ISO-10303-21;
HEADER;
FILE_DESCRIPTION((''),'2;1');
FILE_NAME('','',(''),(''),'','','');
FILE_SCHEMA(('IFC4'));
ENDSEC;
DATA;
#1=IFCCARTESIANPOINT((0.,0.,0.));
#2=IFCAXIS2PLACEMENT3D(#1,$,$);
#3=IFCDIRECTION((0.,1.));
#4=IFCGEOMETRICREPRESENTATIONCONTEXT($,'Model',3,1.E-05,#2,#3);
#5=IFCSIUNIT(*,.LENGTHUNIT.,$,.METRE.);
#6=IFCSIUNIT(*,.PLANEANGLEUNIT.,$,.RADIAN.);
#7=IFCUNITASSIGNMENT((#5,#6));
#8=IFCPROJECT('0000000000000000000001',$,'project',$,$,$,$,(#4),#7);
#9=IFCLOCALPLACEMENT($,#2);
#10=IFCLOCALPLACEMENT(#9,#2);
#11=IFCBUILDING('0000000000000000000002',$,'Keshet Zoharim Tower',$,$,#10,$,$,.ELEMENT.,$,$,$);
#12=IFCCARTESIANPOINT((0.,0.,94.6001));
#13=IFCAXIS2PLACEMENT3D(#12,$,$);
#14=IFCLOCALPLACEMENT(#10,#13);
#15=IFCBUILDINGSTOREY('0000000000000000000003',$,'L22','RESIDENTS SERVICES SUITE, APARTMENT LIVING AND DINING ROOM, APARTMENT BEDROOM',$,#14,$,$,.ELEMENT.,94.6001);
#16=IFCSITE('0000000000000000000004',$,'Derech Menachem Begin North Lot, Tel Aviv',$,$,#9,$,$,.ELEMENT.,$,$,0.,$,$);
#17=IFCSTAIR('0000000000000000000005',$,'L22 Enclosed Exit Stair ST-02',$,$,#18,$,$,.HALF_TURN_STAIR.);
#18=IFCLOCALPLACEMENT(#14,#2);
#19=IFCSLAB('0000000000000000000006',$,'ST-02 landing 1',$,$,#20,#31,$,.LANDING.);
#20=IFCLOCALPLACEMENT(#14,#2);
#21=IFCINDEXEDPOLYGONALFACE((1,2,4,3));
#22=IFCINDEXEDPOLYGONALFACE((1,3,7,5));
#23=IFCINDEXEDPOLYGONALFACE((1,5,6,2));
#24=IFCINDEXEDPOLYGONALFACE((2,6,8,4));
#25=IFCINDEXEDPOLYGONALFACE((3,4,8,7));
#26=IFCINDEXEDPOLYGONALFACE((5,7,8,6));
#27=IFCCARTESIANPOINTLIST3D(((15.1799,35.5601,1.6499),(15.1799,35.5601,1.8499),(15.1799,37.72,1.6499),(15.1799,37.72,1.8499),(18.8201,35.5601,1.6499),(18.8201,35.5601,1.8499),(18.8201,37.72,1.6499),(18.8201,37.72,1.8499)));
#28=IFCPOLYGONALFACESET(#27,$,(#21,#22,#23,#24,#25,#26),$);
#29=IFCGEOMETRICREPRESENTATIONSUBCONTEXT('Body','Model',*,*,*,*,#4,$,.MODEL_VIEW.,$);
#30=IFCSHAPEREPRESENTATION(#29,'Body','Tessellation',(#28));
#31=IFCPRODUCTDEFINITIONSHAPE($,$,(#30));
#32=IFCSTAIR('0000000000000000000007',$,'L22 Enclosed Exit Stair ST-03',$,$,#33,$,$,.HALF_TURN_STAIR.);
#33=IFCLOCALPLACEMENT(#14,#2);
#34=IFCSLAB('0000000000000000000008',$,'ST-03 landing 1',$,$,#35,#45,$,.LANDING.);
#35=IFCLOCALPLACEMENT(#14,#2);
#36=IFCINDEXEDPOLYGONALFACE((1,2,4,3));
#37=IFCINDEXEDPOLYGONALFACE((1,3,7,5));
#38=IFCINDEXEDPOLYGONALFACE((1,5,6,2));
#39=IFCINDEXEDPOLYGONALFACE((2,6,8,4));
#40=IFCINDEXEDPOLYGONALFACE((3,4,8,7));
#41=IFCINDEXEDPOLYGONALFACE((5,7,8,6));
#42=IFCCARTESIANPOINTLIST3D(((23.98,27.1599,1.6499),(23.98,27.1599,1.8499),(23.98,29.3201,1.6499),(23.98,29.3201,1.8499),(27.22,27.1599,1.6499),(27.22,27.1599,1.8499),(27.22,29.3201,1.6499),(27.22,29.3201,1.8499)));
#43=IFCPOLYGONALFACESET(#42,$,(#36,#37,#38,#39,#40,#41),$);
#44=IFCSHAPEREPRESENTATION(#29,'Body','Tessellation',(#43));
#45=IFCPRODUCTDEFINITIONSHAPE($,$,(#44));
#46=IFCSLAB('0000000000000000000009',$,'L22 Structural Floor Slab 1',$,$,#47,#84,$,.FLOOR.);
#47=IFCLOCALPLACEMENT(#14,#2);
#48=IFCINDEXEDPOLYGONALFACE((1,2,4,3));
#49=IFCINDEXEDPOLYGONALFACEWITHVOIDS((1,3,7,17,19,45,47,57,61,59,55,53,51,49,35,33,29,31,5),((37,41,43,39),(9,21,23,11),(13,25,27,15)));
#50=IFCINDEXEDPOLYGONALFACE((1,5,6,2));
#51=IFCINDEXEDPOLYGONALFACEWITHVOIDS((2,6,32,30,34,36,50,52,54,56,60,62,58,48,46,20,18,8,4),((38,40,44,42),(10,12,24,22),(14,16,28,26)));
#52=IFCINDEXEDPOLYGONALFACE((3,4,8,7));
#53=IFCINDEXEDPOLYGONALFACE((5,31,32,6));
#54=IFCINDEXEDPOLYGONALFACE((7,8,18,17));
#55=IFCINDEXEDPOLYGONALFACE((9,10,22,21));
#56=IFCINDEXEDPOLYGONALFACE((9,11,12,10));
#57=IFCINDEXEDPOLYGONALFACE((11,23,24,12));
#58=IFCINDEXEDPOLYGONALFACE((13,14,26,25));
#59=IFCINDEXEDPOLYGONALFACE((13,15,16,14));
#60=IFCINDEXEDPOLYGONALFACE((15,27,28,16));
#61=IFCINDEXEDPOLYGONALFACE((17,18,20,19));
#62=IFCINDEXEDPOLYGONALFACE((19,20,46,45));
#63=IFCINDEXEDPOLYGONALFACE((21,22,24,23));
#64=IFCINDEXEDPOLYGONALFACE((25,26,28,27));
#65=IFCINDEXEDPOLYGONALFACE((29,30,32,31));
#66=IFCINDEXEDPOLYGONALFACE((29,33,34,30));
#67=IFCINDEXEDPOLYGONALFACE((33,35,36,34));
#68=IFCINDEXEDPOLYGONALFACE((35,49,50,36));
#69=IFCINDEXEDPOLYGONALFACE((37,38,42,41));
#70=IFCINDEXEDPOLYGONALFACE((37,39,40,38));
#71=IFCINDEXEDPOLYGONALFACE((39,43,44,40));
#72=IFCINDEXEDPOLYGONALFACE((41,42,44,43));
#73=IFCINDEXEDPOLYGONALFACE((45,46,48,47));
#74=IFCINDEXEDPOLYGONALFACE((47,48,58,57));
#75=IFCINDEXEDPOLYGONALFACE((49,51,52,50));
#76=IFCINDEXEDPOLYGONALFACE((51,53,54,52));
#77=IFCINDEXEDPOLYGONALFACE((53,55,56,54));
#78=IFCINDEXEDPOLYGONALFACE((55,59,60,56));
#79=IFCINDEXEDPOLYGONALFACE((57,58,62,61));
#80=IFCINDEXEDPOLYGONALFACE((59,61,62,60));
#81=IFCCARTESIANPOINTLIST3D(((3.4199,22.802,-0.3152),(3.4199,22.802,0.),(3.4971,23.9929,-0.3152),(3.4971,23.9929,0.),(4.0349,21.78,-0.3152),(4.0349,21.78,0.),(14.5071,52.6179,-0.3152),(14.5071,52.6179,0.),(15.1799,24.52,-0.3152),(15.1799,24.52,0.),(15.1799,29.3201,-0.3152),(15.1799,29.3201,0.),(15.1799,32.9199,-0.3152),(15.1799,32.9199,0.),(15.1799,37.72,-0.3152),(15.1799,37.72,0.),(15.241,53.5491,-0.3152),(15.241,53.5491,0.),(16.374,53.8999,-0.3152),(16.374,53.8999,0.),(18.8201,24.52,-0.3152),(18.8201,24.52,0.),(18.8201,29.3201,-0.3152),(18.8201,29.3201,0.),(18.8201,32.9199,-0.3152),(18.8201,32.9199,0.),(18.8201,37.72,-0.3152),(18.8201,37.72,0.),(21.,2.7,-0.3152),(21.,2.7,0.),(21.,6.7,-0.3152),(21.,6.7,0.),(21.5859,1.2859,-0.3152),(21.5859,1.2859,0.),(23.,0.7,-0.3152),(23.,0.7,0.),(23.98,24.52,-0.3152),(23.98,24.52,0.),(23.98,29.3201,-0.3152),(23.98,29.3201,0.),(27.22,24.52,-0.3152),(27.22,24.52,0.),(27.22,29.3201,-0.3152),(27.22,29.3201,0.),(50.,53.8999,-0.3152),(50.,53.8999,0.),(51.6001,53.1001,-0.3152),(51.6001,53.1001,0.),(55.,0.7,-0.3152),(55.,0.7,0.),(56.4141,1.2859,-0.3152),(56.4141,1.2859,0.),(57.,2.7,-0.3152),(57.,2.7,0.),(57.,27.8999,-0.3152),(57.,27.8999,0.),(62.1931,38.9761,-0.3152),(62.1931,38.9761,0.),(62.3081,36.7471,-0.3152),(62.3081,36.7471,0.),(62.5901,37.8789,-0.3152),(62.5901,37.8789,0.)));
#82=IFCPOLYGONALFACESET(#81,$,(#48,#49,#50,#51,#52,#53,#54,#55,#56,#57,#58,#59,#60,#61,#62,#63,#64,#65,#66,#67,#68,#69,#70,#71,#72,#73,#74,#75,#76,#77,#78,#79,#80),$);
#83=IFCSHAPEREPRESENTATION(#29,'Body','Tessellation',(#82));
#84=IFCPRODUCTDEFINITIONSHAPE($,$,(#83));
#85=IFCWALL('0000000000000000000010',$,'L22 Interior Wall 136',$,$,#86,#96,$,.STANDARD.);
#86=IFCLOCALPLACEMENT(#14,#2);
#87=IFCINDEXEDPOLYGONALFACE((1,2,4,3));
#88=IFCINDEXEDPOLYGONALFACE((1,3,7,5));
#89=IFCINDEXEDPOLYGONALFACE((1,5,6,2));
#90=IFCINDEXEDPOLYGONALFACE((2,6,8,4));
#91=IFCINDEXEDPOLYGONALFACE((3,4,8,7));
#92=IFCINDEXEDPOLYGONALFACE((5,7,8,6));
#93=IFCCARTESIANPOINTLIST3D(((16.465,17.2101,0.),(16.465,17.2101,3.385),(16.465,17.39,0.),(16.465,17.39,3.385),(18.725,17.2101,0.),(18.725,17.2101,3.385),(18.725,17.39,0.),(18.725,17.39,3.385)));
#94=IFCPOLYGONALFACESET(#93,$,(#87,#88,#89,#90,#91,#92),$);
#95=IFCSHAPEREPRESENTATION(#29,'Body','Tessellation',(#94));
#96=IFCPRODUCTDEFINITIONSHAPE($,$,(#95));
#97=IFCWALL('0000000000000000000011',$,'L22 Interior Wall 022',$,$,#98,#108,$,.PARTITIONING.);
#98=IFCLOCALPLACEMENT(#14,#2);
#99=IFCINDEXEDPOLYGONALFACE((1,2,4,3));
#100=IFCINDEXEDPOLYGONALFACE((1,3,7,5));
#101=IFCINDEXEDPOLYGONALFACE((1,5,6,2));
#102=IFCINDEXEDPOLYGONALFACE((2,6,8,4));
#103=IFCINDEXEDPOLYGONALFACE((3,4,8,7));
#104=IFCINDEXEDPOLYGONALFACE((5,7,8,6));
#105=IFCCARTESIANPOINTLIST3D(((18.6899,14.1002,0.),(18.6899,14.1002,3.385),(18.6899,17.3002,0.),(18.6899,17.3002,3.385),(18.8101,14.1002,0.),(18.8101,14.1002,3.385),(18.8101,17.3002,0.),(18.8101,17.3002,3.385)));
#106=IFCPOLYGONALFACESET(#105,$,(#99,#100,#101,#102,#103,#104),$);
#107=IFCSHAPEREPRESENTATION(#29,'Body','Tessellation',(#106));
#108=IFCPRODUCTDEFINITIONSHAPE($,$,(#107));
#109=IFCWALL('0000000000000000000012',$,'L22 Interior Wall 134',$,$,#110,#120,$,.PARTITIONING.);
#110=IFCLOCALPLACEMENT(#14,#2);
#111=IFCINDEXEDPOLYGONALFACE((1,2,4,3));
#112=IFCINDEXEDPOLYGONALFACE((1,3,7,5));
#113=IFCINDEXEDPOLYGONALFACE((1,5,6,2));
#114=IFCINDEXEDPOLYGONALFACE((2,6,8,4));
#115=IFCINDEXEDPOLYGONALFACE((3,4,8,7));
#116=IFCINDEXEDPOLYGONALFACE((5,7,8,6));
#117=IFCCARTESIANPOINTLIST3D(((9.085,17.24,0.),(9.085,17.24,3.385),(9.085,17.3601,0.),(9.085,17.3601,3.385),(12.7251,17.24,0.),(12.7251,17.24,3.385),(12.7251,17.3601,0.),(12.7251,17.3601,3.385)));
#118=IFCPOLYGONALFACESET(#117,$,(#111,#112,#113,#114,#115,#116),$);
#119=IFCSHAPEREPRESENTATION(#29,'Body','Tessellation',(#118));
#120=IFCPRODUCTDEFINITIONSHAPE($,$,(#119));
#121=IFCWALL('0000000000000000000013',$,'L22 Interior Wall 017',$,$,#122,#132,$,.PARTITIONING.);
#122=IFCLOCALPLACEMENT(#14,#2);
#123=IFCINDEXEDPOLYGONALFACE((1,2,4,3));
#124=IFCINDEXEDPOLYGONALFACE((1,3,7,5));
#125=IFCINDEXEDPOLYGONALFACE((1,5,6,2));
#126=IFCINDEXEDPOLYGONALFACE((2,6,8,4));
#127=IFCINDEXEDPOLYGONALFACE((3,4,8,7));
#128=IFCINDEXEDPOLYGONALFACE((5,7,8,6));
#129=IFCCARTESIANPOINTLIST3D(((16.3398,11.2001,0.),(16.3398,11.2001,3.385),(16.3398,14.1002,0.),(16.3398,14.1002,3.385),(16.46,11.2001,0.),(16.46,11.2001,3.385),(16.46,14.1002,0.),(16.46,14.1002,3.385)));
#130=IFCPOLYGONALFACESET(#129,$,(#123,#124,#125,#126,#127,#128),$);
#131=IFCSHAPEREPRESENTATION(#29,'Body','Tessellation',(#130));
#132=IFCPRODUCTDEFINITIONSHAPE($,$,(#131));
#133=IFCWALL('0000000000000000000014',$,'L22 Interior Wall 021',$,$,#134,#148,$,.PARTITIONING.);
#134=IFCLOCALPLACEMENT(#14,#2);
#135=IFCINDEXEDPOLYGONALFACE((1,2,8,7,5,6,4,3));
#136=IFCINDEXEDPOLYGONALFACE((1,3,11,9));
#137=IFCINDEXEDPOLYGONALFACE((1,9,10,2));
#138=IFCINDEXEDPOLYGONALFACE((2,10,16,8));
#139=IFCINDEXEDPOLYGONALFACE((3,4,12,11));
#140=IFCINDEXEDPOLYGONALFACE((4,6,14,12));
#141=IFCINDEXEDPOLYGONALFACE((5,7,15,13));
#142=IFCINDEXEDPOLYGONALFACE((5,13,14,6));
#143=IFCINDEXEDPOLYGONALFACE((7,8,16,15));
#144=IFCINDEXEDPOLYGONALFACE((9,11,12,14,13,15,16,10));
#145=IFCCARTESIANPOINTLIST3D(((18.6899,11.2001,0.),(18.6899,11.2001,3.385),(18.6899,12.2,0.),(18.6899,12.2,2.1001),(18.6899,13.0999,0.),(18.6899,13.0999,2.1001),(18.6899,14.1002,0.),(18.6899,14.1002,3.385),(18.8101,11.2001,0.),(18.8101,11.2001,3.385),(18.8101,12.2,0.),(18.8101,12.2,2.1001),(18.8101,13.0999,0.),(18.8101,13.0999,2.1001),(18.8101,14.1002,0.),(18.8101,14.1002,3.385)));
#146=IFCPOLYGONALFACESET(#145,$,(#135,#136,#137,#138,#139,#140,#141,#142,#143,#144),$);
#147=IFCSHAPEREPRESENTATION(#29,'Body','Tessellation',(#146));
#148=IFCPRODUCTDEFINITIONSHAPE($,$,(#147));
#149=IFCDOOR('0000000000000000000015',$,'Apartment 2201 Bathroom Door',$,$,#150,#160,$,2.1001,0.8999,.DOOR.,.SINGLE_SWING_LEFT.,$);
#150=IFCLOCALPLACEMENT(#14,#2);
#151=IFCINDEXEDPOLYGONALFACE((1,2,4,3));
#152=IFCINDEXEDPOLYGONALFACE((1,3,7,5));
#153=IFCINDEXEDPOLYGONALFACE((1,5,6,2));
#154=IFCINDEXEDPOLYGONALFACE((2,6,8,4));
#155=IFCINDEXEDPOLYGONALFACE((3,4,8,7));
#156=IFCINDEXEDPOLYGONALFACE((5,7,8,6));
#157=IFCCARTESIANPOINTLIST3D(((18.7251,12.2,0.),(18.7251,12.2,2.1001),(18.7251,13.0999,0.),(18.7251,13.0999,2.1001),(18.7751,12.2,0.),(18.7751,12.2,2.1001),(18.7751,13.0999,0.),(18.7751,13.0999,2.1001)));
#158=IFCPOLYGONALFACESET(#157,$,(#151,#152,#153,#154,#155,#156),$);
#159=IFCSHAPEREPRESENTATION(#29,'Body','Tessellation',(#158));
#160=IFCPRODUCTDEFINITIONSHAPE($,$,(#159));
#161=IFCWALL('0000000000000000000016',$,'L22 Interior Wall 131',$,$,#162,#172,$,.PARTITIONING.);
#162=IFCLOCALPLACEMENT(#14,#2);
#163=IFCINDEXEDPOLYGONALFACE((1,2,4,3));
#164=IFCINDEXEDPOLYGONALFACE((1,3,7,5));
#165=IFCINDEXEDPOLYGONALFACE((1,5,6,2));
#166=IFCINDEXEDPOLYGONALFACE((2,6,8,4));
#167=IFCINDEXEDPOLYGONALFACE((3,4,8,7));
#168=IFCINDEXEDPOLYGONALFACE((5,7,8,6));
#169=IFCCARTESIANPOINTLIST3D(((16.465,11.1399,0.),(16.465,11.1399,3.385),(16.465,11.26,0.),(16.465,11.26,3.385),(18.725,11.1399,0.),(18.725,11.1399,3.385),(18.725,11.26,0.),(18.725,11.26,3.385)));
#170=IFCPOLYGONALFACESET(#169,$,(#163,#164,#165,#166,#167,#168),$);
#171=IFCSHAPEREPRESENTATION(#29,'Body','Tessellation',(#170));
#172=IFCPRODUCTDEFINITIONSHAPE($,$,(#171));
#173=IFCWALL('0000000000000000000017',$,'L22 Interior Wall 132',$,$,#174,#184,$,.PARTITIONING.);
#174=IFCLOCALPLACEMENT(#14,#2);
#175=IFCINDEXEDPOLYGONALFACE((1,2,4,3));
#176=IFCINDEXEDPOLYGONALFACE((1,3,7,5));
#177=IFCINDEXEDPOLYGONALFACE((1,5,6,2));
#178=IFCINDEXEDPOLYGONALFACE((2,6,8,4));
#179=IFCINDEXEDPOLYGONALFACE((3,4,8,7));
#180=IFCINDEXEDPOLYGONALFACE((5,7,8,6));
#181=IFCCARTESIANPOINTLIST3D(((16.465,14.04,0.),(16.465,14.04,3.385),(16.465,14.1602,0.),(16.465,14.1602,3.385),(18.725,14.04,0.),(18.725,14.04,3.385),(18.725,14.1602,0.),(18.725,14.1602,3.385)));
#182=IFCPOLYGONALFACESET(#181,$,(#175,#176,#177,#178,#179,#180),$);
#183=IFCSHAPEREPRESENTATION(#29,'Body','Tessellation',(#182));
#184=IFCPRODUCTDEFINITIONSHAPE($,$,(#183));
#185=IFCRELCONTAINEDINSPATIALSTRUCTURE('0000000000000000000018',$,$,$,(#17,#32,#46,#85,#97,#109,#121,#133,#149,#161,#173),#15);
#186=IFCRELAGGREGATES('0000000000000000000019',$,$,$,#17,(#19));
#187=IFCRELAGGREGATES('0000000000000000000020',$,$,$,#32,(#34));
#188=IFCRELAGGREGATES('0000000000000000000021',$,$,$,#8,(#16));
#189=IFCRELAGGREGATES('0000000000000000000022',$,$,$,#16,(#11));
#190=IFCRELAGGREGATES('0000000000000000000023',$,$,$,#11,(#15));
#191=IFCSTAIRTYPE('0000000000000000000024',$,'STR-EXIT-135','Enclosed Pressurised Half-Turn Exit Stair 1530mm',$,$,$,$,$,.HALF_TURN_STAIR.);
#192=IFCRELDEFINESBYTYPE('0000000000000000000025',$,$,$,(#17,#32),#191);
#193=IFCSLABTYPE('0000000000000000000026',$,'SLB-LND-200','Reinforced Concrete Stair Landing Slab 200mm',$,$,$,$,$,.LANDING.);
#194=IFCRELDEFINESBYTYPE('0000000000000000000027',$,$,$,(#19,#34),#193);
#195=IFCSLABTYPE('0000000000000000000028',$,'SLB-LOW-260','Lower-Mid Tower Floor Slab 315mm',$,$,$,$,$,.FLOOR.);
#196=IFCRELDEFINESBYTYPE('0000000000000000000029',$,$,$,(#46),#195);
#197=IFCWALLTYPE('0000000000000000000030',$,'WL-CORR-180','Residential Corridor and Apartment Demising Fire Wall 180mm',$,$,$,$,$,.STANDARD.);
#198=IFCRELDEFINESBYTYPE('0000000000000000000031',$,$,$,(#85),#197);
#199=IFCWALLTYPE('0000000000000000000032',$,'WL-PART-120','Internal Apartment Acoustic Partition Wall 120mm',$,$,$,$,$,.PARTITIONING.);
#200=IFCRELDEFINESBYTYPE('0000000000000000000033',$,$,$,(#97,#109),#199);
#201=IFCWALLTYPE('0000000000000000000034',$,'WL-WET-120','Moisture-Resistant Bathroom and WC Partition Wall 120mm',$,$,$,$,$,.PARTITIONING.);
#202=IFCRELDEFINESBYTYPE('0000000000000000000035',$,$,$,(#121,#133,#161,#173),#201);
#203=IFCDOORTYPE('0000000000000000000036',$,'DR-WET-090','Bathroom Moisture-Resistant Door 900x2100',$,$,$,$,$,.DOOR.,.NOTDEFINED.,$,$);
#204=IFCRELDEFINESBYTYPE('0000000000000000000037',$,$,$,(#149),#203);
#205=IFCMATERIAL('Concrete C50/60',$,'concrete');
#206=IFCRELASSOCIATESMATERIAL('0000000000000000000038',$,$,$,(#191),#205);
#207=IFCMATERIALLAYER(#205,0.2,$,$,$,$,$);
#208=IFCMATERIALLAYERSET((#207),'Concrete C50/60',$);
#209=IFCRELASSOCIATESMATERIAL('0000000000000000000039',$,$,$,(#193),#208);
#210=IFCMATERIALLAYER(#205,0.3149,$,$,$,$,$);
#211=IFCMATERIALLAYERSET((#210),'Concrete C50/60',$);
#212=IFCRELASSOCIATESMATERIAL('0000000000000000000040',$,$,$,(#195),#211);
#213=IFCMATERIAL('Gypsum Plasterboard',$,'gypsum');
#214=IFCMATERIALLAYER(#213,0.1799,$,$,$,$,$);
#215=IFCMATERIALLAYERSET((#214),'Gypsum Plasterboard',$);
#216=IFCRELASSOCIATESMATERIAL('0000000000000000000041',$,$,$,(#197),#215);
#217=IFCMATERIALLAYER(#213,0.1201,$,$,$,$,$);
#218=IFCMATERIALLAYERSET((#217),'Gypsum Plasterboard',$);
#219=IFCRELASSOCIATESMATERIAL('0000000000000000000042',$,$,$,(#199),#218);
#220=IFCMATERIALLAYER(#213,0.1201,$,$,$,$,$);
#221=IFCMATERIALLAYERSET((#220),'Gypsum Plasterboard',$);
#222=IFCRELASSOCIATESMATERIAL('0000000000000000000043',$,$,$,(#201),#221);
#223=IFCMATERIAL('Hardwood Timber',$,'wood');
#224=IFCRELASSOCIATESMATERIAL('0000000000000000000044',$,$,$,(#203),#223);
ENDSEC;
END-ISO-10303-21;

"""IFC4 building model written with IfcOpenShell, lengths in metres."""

from ifc_helpers import new_model, si_unit, direction, frame, frame_2d, origin, place, context, subcontext, project, spatial, polyline, rectangle, outline, extrude, material, layer, layer_set, type_object, element, fill, aggregate, save


model = new_model("IFC4")

# Units and contexts
model_context = context("Model", 3, precision=1e-05, world=origin(), true_north=direction((0.0, 1.0)))
body_context = subcontext(model_context, "Body", "Model", "MODEL_VIEW")
ifc_project = project(units=[si_unit("LENGTHUNIT", "METRE"), si_unit("PLANEANGLEUNIT", "RADIAN")], contexts=[model_context])

# Site, building, storey
site_placement = place(None, origin())
site = spatial("IfcSite", under=ifc_project, at=site_placement, Name="Derech Menachem Begin North Lot, Tel Aviv", CompositionType="ELEMENT", RefElevation=0.0)
building_placement = place(site_placement, origin())
building = spatial("IfcBuilding", under=site, at=building_placement, Name="Keshet Zoharim Tower", CompositionType="ELEMENT")
storey_placement = place(building_placement, frame((0.0, 0.0, 94.6001)))
storey = spatial("IfcBuildingStorey", under=building, at=storey_placement, Name="L22", Description="RESIDENTS SERVICES SUITE, APARTMENT LIVING AND DINING ROOM, APARTMENT BEDROOM", CompositionType="ELEMENT", Elevation=94.6001)

# Stairs, slabs
ifc_material_1 = material(Name="Concrete C50/60", Category="concrete")
stair_type = type_object("IfcStairType", Name="STR-EXIT-135", Description="Enclosed Pressurised Half-Turn Exit Stair 1530mm", PredefinedType="HALF_TURN_STAIR", material=ifc_material_1)
ifc_layer_1 = layer(ifc_material_1, 0.2)
ifc_layer_set_1 = layer_set([ifc_layer_1], Name="Concrete C50/60")
slab_type_1 = type_object("IfcSlabType", Name="SLB-LND-200", Description="Reinforced Concrete Stair Landing Slab 200mm", PredefinedType="LANDING", material=ifc_layer_set_1)
stair_1_placement = place(storey_placement, origin())
stair_1 = element("IfcStair", 1, at=stair_1_placement, inside=storey, type_object=stair_type, Name="L22 Enclosed Exit Stair ST-02", PredefinedType="HALF_TURN_STAIR")
slab_1_placement = place(storey_placement, frame((0.0, 0.0, 1.6499)))
slab_1 = element("IfcSlab", 2, at=slab_1_placement, type_object=slab_type_1, Name="ST-02 landing 1", PredefinedType="LANDING", context=body_context, shape_type="SweptSolid", body=[
    extrude(outline(polyline([(15.1799, 35.5601), (18.8201, 35.5601), (18.8201, 37.72), (15.1799, 37.72), (15.1799, 35.5601)])), origin(), (0.0, 0.0, 1.0), 0.2),
])
aggregate(stair_1, [slab_1])
stair_2_placement = place(storey_placement, origin())
stair_2 = element("IfcStair", 3, at=stair_2_placement, inside=storey, type_object=stair_type, Name="L22 Enclosed Exit Stair ST-03", PredefinedType="HALF_TURN_STAIR")
slab_2_placement = place(storey_placement, frame((0.0, 0.0, 1.6499)))
slab_2 = element("IfcSlab", 4, at=slab_2_placement, type_object=slab_type_1, Name="ST-03 landing 1", PredefinedType="LANDING", context=body_context, shape_type="SweptSolid", body=[
    extrude(outline(polyline([(23.98, 27.1599), (27.22, 27.1599), (27.22, 29.3201), (23.98, 29.3201), (23.98, 27.1599)])), origin(), (0.0, 0.0, 1.0), 0.2),
])
aggregate(stair_2, [slab_2])

# Slab
ifc_layer_2 = layer(ifc_material_1, 0.3149)
ifc_layer_set_2 = layer_set([ifc_layer_2], Name="Concrete C50/60")
slab_type_2 = type_object("IfcSlabType", Name="SLB-LOW-260", Description="Lower-Mid Tower Floor Slab 315mm", PredefinedType="FLOOR", material=ifc_layer_set_2)
slab_3_placement = place(storey_placement, frame((0.0, 0.0, -0.3152)))
element("IfcSlab", 5, at=slab_3_placement, inside=storey, type_object=slab_type_2, Name="L22 Structural Floor Slab 1", PredefinedType="FLOOR", context=body_context, shape_type="SweptSolid", body=[
    extrude(outline(polyline([(57.0, 2.7), (56.4141, 1.2859), (55.0, 0.7), (23.0, 0.7), (21.5859, 1.2859), (21.0, 2.7), (21.0, 6.7), (4.0349, 21.78), (3.4199, 22.802), (3.4971, 23.9929), (14.5071, 52.6179), (15.241, 53.5491), (16.374, 53.8999), (50.0, 53.8999), (51.6001, 53.1001), (62.1931, 38.9761), (62.5901, 37.8789), (62.3081, 36.7471), (57.0, 27.8999), (57.0, 2.7)]), holes=[polyline([(15.1799, 24.52), (18.8201, 24.52), (18.8201, 29.3201), (15.1799, 29.3201), (15.1799, 24.52)]), polyline([(15.1799, 32.9199), (18.8201, 32.9199), (18.8201, 37.72), (15.1799, 37.72), (15.1799, 32.9199)]), polyline([(23.98, 24.52), (27.22, 24.52), (27.22, 29.3201), (23.98, 29.3201), (23.98, 24.52)])]), origin(), (0.0, 0.0, 1.0), 0.3152),
])

# Shared definitions
ifc_material_2 = material(Name="Gypsum Plasterboard", Category="gypsum")
ifc_layer_3 = layer(ifc_material_2, 0.1799)
ifc_layer_set_3 = layer_set([ifc_layer_3], Name="Gypsum Plasterboard")
wall_type_1 = type_object("IfcWallType", Name="WL-CORR-180", Description="Residential Corridor and Apartment Demising Fire Wall 180mm", PredefinedType="STANDARD", material=ifc_layer_set_3)
ifc_material_3 = material(Name="Hardwood Timber", Category="wood")

# Wall
wall_1_placement = place(storey_placement, frame((16.4651, 17.3, 0.0), z_axis=(0.0, 0.0, 1.0), x_axis=(1.0, 0.0, 0.0)))
element("IfcWall", 6, at=wall_1_placement, inside=storey, type_object=wall_type_1, Name="L22 Interior Wall 136", PredefinedType="STANDARD", context=body_context, shape_type="SweptSolid", body=[
    extrude(rectangle(XDim=2.26, YDim=0.1799, at=frame_2d((1.1299, 0.0))), origin(), (0.0, 0.0, 1.0), 3.385),
])

# Shared definitions
ifc_layer_4 = layer(ifc_material_2, 0.1201)
ifc_layer_set_4 = layer_set([ifc_layer_4], Name="Gypsum Plasterboard")
wall_type_2 = type_object("IfcWallType", Name="WL-PART-120", Description="Internal Apartment Acoustic Partition Wall 120mm", PredefinedType="PARTITIONING", material=ifc_layer_set_4)

# Walls
wall_2_placement = place(storey_placement, frame((18.75, 14.1001, 0.0), z_axis=(0.0, 0.0, 1.0), x_axis=(0.0, 1.0, 0.0)))
element("IfcWall", 7, at=wall_2_placement, inside=storey, type_object=wall_type_2, Name="L22 Interior Wall 022", PredefinedType="PARTITIONING", context=body_context, shape_type="SweptSolid", body=[
    extrude(rectangle(XDim=3.2, YDim=0.1201, at=frame_2d((1.6001, 0.0))), origin(), (0.0, 0.0, 1.0), 3.385),
])
wall_3_placement = place(storey_placement, frame((9.085, 17.3, 0.0), z_axis=(0.0, 0.0, 1.0), x_axis=(1.0, 0.0, 0.0)))
element("IfcWall", 8, at=wall_3_placement, inside=storey, type_object=wall_type_2, Name="L22 Interior Wall 134", PredefinedType="PARTITIONING", context=body_context, shape_type="SweptSolid", body=[
    extrude(rectangle(XDim=3.6401, YDim=0.1201, at=frame_2d((1.8201, 0.0))), origin(), (0.0, 0.0, 1.0), 3.385),
])
ifc_layer_5 = layer(ifc_material_2, 0.1201)
ifc_layer_set_5 = layer_set([ifc_layer_5], Name="Gypsum Plasterboard")
wall_type_3 = type_object("IfcWallType", Name="WL-WET-120", Description="Moisture-Resistant Bathroom and WC Partition Wall 120mm", PredefinedType="PARTITIONING", material=ifc_layer_set_5)
wall_4_placement = place(storey_placement, frame((16.3999, 11.2, 0.0), z_axis=(0.0, 0.0, 1.0), x_axis=(0.0, 1.0, 0.0)))
element("IfcWall", 9, at=wall_4_placement, inside=storey, type_object=wall_type_3, Name="L22 Interior Wall 017", PredefinedType="PARTITIONING", context=body_context, shape_type="SweptSolid", body=[
    extrude(rectangle(XDim=2.9001, YDim=0.1201, at=frame_2d((1.4502, 0.0))), origin(), (0.0, 0.0, 1.0), 3.385),
])

# Wall, opening, door
wall_5_placement = place(storey_placement, frame((18.75, 11.2, 0.0), z_axis=(0.0, 0.0, 1.0), x_axis=(0.0, 1.0, 0.0)))
wall_5 = element("IfcWall", 10, at=wall_5_placement, inside=storey, type_object=wall_type_3, Name="L22 Interior Wall 021", PredefinedType="PARTITIONING", context=body_context, shape_type="SweptSolid", body=[
    extrude(rectangle(XDim=2.9001, YDim=0.1201, at=frame_2d((1.4502, 0.0))), origin(), (0.0, 0.0, 1.0), 3.385),
])
opening_1_placement = place(wall_5_placement, frame((1.0, 0.0, 0.0)))
opening_1 = element("IfcOpeningElement", 11, at=opening_1_placement, cuts=wall_5, PredefinedType="OPENING", context=body_context, shape_type="SweptSolid", body=[
    extrude(rectangle(XDim=0.8999, YDim=2.1001, at=frame_2d((0.45, 1.05))), frame((0.0, 0.0701, 0.0), z_axis=(0.0, -1.0, 0.0), x_axis=(1.0, 0.0, 0.0)), (0.0, 0.0, 1.0), 0.1401),
])
door_type_1 = type_object("IfcDoorType", Name="DR-WET-090", Description="Bathroom Moisture-Resistant Door 900x2100", OperationType="NOTDEFINED", PredefinedType="DOOR", material=ifc_material_3)
door_1_placement = place(opening_1_placement, origin())
door_1 = element("IfcDoor", 12, at=door_1_placement, inside=storey, type_object=door_type_1, Name="Apartment 2201 Bathroom Door", OperationType="SINGLE_SWING_LEFT", OverallHeight=2.1001, OverallWidth=0.8999, PredefinedType="DOOR", context=body_context, shape_type="SweptSolid", body=[
    extrude(rectangle(XDim=0.8999, YDim=2.1001, at=frame_2d((0.45, 1.05))), frame((0.0, 0.0249, 0.0), z_axis=(0.0, -1.0, 0.0), x_axis=(1.0, 0.0, 0.0)), (0.0, 0.0, 1.0), 0.05),
])
fill(opening_1, door_1)

# Walls
for number, where, z_axis, x_axis, name in (
    (13, (16.4651, 11.2, 0.0), (0.0, 0.0, 1.0), (1.0, 0.0, 0.0), "L22 Interior Wall 131"),
    (14, (16.4651, 14.1001, 0.0), (0.0, 0.0, 1.0), (1.0, 0.0, 0.0), "L22 Interior Wall 132"),
):
    element("IfcWall", number, at=place(storey_placement, frame(where, z_axis=z_axis, x_axis=x_axis)), inside=storey, type_object=wall_type_3, Name=name, PredefinedType="PARTITIONING", context=body_context, shape_type="SweptSolid", body=[
        extrude(rectangle(XDim=2.26, YDim=0.1201, at=frame_2d((1.1299, 0.0))), origin(), (0.0, 0.0, 1.0), 3.385),
    ])

save(model, "model.ifc")
